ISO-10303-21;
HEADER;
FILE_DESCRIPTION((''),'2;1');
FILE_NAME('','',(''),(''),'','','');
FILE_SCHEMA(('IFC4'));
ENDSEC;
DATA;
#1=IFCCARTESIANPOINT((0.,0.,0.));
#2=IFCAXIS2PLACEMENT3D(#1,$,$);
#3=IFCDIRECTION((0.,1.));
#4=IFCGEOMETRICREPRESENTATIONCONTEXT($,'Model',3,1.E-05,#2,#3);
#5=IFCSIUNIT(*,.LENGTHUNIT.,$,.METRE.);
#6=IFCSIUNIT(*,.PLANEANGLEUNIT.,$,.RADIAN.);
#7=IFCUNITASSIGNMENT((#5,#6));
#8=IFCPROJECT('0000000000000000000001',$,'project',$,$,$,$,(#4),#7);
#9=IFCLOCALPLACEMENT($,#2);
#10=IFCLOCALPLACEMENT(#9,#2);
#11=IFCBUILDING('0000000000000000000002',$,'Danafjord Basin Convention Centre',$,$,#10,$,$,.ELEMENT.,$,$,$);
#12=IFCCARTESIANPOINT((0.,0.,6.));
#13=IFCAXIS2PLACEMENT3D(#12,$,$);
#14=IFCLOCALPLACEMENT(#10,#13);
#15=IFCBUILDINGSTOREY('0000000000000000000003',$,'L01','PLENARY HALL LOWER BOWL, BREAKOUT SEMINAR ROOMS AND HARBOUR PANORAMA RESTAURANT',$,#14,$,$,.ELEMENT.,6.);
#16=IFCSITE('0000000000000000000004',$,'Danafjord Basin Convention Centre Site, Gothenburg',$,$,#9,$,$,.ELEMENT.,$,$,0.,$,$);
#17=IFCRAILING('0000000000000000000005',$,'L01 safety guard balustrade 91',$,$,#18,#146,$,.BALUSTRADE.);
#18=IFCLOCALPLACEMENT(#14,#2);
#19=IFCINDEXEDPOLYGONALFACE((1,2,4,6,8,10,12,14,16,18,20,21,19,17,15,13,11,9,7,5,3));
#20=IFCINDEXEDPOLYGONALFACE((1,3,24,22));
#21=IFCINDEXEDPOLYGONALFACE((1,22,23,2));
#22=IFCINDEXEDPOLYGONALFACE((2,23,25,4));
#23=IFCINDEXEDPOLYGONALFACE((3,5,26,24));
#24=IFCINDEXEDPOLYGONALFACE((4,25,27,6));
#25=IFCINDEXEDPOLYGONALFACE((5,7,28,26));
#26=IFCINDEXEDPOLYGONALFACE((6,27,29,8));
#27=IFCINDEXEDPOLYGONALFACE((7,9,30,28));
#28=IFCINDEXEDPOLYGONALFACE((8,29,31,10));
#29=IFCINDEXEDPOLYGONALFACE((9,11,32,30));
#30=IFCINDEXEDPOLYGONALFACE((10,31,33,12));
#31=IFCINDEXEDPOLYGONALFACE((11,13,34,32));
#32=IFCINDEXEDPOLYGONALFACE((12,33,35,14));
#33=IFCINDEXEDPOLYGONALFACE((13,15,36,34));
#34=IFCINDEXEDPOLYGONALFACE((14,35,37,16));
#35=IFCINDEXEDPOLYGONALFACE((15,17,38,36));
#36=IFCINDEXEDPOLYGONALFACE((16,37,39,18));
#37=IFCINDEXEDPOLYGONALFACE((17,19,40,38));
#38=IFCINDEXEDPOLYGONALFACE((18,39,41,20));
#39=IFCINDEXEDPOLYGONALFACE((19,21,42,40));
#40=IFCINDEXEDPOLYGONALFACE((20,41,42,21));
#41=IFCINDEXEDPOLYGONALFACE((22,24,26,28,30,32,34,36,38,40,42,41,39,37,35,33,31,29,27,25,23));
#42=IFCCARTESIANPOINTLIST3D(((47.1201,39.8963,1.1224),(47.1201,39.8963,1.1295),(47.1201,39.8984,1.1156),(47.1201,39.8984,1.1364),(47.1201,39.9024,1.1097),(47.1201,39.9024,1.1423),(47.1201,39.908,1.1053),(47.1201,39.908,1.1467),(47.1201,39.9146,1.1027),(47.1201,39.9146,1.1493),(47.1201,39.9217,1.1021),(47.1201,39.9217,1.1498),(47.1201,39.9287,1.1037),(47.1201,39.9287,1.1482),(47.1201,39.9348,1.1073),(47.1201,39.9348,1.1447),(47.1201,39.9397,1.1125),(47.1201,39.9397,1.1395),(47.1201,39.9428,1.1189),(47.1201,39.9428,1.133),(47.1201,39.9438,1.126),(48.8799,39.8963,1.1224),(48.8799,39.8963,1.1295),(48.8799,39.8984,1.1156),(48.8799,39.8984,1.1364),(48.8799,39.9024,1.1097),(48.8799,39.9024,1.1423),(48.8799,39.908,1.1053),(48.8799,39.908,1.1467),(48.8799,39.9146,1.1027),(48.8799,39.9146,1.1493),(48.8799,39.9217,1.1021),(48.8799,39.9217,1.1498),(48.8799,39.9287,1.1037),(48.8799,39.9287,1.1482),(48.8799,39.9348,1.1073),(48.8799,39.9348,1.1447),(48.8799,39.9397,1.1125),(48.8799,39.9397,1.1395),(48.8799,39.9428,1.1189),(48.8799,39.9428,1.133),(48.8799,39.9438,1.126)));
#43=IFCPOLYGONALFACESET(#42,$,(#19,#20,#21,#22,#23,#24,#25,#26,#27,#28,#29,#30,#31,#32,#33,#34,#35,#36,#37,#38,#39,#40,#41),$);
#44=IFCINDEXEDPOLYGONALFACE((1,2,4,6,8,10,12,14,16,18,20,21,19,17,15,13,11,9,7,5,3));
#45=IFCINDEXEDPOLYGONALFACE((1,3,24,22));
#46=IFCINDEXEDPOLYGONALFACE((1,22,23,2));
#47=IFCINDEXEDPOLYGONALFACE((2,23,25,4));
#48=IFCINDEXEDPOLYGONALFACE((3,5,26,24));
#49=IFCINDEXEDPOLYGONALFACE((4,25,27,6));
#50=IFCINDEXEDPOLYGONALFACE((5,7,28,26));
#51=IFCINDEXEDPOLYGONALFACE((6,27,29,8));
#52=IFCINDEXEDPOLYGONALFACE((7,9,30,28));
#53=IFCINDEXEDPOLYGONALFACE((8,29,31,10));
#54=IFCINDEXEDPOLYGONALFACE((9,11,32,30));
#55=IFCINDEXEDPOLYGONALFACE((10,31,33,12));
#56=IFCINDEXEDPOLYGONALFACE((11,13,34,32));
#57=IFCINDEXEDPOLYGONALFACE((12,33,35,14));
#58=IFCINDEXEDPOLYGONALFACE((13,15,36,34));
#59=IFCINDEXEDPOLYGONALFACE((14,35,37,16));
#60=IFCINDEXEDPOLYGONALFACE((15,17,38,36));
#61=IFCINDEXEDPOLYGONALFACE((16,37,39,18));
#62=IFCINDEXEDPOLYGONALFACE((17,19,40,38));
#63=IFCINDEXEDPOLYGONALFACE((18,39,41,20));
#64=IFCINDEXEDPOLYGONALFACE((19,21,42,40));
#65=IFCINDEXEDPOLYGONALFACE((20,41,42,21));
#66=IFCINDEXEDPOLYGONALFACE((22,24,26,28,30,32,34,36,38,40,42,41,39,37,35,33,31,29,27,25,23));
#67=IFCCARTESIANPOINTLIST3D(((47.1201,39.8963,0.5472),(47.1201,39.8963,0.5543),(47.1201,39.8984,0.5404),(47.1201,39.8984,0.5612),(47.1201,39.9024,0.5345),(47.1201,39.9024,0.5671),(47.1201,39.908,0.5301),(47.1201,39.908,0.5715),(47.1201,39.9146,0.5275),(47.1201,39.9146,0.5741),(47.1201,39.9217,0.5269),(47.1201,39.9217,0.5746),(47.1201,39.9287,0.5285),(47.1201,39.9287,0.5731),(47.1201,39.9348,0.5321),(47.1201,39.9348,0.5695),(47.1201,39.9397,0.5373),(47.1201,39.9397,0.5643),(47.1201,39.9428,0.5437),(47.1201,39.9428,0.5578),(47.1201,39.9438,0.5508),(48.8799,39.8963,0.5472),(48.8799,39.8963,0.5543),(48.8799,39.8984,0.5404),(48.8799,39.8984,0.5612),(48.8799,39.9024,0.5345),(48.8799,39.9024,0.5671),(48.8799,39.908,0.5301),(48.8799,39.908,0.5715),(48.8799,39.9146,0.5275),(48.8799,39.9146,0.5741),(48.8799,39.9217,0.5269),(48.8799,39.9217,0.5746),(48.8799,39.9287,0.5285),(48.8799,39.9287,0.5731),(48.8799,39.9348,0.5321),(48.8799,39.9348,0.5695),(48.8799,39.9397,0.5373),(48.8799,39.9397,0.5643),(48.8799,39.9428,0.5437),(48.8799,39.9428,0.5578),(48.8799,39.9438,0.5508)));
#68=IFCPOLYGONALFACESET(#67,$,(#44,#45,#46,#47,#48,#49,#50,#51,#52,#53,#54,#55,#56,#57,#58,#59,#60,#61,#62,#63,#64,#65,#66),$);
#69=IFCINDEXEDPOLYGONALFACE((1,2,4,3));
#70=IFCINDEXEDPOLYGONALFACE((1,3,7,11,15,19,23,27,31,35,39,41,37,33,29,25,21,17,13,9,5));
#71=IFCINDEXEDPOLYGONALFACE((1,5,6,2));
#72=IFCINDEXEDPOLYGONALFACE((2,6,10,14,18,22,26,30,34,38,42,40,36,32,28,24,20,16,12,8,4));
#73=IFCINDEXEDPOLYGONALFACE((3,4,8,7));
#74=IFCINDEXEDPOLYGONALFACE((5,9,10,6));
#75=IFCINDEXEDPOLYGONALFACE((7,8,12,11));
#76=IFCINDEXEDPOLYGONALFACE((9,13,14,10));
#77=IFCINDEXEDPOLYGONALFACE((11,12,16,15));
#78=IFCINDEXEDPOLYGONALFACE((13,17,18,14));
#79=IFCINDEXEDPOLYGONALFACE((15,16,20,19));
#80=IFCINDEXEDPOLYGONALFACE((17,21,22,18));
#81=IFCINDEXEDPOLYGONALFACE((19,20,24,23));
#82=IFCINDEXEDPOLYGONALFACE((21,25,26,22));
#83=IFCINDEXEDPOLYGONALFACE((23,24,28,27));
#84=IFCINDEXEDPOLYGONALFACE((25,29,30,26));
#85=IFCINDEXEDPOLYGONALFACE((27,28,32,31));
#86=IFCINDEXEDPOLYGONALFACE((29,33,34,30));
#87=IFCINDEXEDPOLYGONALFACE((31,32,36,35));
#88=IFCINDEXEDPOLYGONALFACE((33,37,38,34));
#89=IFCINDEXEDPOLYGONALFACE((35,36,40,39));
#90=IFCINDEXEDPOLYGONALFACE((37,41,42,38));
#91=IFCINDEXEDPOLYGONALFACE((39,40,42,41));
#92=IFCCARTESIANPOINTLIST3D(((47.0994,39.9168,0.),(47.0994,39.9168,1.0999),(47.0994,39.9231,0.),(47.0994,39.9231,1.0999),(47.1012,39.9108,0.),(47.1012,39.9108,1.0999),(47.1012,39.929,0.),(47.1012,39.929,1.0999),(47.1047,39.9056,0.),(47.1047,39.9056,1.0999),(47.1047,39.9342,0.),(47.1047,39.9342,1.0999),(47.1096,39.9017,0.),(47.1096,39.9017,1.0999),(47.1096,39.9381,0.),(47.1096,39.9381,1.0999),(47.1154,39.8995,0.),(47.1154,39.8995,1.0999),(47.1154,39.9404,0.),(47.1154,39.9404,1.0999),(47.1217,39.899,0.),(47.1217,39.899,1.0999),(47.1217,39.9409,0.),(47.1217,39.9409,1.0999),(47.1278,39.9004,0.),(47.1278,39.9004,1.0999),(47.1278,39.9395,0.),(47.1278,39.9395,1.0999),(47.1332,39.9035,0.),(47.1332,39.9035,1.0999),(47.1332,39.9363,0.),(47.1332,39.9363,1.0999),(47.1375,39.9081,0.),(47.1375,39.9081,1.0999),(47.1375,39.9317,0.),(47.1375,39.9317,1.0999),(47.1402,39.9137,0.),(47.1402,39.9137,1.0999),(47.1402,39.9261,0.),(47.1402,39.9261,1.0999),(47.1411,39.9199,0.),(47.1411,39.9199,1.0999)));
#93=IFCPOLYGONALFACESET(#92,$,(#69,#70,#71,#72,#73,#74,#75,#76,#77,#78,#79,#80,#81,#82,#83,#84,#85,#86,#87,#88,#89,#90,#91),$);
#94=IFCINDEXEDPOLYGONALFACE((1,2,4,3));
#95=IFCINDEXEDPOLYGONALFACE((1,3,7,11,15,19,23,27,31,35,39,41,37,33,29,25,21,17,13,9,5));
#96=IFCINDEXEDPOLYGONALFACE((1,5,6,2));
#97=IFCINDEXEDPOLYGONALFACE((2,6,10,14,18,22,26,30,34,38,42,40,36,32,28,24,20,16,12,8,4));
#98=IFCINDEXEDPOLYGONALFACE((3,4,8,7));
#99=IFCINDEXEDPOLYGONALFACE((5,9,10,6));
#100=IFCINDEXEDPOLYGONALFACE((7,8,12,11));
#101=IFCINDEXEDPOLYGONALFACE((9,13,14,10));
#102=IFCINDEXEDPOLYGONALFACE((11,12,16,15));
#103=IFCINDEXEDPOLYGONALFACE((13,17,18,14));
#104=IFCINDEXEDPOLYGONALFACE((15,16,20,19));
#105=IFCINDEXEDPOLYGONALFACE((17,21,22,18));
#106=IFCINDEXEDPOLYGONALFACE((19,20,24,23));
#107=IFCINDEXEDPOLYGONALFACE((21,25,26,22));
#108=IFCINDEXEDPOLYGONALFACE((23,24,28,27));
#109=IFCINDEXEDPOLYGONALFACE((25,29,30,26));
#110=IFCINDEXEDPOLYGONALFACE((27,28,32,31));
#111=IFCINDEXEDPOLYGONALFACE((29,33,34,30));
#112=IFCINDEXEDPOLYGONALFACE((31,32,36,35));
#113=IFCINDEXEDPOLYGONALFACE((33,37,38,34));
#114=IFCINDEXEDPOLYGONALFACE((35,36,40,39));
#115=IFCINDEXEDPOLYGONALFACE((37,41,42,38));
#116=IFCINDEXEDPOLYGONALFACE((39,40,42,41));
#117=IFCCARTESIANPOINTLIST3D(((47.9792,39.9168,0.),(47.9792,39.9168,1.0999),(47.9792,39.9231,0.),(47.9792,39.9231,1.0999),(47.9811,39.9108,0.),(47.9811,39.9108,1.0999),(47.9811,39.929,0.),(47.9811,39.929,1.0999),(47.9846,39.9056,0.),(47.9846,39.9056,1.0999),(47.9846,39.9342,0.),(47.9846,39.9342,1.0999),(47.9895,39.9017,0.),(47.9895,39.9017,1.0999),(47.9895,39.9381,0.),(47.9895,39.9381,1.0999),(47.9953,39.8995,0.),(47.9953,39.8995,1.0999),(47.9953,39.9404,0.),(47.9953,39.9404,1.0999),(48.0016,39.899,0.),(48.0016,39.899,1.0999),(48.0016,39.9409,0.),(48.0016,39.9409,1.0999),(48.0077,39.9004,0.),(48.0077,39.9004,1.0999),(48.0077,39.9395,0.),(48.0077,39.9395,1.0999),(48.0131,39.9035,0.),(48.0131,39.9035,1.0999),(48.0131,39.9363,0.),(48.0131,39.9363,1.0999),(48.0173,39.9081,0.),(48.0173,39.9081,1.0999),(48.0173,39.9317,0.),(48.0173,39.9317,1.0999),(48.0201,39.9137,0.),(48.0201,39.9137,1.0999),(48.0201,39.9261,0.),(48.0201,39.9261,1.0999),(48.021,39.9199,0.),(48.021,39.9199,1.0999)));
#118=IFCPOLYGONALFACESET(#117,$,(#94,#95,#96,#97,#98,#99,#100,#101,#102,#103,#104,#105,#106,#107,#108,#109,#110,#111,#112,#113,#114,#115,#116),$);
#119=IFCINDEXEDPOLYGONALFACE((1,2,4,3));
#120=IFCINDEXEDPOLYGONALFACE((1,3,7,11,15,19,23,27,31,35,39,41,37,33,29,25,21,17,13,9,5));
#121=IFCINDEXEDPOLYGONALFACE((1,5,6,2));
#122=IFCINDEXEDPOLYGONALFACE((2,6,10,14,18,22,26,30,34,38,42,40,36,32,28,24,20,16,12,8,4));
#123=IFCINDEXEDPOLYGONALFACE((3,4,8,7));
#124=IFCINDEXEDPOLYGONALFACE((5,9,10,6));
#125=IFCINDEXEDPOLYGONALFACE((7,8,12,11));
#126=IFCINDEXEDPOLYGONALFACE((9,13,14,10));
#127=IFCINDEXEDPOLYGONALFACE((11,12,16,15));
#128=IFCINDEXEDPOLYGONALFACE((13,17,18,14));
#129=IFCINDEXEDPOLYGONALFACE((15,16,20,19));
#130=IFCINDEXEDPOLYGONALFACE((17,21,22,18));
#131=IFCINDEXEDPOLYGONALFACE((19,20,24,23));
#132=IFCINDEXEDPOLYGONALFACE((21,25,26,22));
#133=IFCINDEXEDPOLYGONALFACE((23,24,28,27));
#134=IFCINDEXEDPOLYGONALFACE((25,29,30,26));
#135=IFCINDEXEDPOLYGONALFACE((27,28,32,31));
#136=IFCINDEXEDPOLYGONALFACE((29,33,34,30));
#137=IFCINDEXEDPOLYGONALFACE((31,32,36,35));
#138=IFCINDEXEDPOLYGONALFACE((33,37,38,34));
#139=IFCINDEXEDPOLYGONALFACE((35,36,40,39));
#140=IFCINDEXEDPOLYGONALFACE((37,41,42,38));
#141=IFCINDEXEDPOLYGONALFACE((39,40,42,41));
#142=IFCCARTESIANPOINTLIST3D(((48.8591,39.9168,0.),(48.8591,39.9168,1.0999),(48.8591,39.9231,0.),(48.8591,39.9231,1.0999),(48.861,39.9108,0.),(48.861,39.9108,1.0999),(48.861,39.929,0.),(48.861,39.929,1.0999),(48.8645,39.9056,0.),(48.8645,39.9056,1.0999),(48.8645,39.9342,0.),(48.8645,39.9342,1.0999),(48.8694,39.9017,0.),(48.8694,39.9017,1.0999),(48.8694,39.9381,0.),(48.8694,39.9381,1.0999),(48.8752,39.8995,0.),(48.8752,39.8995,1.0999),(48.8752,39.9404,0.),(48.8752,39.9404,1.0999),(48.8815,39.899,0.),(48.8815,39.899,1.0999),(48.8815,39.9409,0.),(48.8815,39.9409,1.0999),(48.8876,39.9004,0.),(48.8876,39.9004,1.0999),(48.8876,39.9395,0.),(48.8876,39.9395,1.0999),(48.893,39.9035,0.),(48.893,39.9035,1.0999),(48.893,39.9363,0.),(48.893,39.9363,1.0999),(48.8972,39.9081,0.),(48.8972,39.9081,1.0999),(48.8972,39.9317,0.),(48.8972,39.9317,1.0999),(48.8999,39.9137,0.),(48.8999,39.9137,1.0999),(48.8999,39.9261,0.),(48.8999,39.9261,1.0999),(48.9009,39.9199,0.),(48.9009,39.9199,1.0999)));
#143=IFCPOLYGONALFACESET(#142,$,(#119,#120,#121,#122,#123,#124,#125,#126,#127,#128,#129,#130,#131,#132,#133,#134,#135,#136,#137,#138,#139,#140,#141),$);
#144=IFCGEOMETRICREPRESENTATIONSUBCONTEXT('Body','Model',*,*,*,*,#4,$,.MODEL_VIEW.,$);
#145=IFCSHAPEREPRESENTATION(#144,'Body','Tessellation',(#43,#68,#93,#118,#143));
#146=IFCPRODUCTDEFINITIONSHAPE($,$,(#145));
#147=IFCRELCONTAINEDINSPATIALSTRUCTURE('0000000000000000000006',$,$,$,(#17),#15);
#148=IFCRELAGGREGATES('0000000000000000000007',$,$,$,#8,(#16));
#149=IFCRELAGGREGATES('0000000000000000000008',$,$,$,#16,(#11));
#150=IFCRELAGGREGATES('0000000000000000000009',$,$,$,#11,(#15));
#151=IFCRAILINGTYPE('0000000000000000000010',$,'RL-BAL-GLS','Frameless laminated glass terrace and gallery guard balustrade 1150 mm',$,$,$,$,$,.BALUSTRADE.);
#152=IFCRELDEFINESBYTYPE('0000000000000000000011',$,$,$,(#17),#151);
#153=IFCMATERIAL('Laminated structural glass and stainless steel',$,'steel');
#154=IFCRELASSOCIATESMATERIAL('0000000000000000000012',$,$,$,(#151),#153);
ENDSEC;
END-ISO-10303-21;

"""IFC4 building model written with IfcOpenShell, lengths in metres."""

from ifc_helpers import new_model, si_unit, direction, frame, origin, origin_2d, place, context, subcontext, project, spatial, circle, extrude, material, type_object, element, save


model = new_model("IFC4")

# Units and contexts
model_context = context("Model", 3, precision=1e-05, world=origin(), true_north=direction((0.0, 1.0)))
body_context = subcontext(model_context, "Body", "Model", "MODEL_VIEW")
ifc_project = project(units=[si_unit("LENGTHUNIT", "METRE"), si_unit("PLANEANGLEUNIT", "RADIAN")], contexts=[model_context])

# Site, building, storey
site_placement = place(None, origin())
site = spatial("IfcSite", under=ifc_project, at=site_placement, Name="Danafjord Basin Convention Centre Site, Gothenburg", CompositionType="ELEMENT", RefElevation=0.0)
building_placement = place(site_placement, origin())
building = spatial("IfcBuilding", under=site, at=building_placement, Name="Danafjord Basin Convention Centre", CompositionType="ELEMENT")
storey_placement = place(building_placement, frame((0.0, 0.0, 6.0)))
storey = spatial("IfcBuildingStorey", under=building, at=storey_placement, Name="L01", Description="PLENARY HALL LOWER BOWL, BREAKOUT SEMINAR ROOMS AND HARBOUR PANORAMA RESTAURANT", CompositionType="ELEMENT", Elevation=6.0)

# Railing
ifc_material_1 = material(Name="Laminated structural glass and stainless steel", Category="steel")
railing_type = type_object("IfcRailingType", Name="RL-BAL-GLS", Description="Frameless laminated glass terrace and gallery guard balustrade 1150 mm", PredefinedType="BALUSTRADE", material=ifc_material_1)
railing_1_placement = place(storey_placement, frame((47.1201, 39.9199, 0.0)))
element("IfcRailing", 1, at=railing_1_placement, inside=storey, type_object=railing_type, Name="L01 safety guard balustrade 91", PredefinedType="BALUSTRADE", context=body_context, shape_type="SweptSolid", body=[
    extrude(circle(Radius=0.0239, at=origin_2d()), frame((0.0, 0.0, 1.126), z_axis=(1.0, 0.0, 0.0), x_axis=(0.0, 1.0, 0.0)), (0.0, 0.0, 1.0), 1.7598),
    extrude(circle(Radius=0.0239, at=origin_2d()), frame((0.0, 0.0, 0.5508), z_axis=(1.0, 0.0, 0.0), x_axis=(0.0, 1.0, 0.0)), (0.0, 0.0, 1.0), 1.7598),
    extrude(circle(Radius=0.021, at=origin_2d()), origin(), (0.0, 0.0, 1.0), 1.0999),
    extrude(circle(Radius=0.021, at=origin_2d()), frame((0.8799, 0.0, 0.0)), (0.0, 0.0, 1.0), 1.0999),
    extrude(circle(Radius=0.021, at=origin_2d()), frame((1.7598, 0.0, 0.0)), (0.0, 0.0, 1.0), 1.0999),
])

save(model, "model.ifc")
